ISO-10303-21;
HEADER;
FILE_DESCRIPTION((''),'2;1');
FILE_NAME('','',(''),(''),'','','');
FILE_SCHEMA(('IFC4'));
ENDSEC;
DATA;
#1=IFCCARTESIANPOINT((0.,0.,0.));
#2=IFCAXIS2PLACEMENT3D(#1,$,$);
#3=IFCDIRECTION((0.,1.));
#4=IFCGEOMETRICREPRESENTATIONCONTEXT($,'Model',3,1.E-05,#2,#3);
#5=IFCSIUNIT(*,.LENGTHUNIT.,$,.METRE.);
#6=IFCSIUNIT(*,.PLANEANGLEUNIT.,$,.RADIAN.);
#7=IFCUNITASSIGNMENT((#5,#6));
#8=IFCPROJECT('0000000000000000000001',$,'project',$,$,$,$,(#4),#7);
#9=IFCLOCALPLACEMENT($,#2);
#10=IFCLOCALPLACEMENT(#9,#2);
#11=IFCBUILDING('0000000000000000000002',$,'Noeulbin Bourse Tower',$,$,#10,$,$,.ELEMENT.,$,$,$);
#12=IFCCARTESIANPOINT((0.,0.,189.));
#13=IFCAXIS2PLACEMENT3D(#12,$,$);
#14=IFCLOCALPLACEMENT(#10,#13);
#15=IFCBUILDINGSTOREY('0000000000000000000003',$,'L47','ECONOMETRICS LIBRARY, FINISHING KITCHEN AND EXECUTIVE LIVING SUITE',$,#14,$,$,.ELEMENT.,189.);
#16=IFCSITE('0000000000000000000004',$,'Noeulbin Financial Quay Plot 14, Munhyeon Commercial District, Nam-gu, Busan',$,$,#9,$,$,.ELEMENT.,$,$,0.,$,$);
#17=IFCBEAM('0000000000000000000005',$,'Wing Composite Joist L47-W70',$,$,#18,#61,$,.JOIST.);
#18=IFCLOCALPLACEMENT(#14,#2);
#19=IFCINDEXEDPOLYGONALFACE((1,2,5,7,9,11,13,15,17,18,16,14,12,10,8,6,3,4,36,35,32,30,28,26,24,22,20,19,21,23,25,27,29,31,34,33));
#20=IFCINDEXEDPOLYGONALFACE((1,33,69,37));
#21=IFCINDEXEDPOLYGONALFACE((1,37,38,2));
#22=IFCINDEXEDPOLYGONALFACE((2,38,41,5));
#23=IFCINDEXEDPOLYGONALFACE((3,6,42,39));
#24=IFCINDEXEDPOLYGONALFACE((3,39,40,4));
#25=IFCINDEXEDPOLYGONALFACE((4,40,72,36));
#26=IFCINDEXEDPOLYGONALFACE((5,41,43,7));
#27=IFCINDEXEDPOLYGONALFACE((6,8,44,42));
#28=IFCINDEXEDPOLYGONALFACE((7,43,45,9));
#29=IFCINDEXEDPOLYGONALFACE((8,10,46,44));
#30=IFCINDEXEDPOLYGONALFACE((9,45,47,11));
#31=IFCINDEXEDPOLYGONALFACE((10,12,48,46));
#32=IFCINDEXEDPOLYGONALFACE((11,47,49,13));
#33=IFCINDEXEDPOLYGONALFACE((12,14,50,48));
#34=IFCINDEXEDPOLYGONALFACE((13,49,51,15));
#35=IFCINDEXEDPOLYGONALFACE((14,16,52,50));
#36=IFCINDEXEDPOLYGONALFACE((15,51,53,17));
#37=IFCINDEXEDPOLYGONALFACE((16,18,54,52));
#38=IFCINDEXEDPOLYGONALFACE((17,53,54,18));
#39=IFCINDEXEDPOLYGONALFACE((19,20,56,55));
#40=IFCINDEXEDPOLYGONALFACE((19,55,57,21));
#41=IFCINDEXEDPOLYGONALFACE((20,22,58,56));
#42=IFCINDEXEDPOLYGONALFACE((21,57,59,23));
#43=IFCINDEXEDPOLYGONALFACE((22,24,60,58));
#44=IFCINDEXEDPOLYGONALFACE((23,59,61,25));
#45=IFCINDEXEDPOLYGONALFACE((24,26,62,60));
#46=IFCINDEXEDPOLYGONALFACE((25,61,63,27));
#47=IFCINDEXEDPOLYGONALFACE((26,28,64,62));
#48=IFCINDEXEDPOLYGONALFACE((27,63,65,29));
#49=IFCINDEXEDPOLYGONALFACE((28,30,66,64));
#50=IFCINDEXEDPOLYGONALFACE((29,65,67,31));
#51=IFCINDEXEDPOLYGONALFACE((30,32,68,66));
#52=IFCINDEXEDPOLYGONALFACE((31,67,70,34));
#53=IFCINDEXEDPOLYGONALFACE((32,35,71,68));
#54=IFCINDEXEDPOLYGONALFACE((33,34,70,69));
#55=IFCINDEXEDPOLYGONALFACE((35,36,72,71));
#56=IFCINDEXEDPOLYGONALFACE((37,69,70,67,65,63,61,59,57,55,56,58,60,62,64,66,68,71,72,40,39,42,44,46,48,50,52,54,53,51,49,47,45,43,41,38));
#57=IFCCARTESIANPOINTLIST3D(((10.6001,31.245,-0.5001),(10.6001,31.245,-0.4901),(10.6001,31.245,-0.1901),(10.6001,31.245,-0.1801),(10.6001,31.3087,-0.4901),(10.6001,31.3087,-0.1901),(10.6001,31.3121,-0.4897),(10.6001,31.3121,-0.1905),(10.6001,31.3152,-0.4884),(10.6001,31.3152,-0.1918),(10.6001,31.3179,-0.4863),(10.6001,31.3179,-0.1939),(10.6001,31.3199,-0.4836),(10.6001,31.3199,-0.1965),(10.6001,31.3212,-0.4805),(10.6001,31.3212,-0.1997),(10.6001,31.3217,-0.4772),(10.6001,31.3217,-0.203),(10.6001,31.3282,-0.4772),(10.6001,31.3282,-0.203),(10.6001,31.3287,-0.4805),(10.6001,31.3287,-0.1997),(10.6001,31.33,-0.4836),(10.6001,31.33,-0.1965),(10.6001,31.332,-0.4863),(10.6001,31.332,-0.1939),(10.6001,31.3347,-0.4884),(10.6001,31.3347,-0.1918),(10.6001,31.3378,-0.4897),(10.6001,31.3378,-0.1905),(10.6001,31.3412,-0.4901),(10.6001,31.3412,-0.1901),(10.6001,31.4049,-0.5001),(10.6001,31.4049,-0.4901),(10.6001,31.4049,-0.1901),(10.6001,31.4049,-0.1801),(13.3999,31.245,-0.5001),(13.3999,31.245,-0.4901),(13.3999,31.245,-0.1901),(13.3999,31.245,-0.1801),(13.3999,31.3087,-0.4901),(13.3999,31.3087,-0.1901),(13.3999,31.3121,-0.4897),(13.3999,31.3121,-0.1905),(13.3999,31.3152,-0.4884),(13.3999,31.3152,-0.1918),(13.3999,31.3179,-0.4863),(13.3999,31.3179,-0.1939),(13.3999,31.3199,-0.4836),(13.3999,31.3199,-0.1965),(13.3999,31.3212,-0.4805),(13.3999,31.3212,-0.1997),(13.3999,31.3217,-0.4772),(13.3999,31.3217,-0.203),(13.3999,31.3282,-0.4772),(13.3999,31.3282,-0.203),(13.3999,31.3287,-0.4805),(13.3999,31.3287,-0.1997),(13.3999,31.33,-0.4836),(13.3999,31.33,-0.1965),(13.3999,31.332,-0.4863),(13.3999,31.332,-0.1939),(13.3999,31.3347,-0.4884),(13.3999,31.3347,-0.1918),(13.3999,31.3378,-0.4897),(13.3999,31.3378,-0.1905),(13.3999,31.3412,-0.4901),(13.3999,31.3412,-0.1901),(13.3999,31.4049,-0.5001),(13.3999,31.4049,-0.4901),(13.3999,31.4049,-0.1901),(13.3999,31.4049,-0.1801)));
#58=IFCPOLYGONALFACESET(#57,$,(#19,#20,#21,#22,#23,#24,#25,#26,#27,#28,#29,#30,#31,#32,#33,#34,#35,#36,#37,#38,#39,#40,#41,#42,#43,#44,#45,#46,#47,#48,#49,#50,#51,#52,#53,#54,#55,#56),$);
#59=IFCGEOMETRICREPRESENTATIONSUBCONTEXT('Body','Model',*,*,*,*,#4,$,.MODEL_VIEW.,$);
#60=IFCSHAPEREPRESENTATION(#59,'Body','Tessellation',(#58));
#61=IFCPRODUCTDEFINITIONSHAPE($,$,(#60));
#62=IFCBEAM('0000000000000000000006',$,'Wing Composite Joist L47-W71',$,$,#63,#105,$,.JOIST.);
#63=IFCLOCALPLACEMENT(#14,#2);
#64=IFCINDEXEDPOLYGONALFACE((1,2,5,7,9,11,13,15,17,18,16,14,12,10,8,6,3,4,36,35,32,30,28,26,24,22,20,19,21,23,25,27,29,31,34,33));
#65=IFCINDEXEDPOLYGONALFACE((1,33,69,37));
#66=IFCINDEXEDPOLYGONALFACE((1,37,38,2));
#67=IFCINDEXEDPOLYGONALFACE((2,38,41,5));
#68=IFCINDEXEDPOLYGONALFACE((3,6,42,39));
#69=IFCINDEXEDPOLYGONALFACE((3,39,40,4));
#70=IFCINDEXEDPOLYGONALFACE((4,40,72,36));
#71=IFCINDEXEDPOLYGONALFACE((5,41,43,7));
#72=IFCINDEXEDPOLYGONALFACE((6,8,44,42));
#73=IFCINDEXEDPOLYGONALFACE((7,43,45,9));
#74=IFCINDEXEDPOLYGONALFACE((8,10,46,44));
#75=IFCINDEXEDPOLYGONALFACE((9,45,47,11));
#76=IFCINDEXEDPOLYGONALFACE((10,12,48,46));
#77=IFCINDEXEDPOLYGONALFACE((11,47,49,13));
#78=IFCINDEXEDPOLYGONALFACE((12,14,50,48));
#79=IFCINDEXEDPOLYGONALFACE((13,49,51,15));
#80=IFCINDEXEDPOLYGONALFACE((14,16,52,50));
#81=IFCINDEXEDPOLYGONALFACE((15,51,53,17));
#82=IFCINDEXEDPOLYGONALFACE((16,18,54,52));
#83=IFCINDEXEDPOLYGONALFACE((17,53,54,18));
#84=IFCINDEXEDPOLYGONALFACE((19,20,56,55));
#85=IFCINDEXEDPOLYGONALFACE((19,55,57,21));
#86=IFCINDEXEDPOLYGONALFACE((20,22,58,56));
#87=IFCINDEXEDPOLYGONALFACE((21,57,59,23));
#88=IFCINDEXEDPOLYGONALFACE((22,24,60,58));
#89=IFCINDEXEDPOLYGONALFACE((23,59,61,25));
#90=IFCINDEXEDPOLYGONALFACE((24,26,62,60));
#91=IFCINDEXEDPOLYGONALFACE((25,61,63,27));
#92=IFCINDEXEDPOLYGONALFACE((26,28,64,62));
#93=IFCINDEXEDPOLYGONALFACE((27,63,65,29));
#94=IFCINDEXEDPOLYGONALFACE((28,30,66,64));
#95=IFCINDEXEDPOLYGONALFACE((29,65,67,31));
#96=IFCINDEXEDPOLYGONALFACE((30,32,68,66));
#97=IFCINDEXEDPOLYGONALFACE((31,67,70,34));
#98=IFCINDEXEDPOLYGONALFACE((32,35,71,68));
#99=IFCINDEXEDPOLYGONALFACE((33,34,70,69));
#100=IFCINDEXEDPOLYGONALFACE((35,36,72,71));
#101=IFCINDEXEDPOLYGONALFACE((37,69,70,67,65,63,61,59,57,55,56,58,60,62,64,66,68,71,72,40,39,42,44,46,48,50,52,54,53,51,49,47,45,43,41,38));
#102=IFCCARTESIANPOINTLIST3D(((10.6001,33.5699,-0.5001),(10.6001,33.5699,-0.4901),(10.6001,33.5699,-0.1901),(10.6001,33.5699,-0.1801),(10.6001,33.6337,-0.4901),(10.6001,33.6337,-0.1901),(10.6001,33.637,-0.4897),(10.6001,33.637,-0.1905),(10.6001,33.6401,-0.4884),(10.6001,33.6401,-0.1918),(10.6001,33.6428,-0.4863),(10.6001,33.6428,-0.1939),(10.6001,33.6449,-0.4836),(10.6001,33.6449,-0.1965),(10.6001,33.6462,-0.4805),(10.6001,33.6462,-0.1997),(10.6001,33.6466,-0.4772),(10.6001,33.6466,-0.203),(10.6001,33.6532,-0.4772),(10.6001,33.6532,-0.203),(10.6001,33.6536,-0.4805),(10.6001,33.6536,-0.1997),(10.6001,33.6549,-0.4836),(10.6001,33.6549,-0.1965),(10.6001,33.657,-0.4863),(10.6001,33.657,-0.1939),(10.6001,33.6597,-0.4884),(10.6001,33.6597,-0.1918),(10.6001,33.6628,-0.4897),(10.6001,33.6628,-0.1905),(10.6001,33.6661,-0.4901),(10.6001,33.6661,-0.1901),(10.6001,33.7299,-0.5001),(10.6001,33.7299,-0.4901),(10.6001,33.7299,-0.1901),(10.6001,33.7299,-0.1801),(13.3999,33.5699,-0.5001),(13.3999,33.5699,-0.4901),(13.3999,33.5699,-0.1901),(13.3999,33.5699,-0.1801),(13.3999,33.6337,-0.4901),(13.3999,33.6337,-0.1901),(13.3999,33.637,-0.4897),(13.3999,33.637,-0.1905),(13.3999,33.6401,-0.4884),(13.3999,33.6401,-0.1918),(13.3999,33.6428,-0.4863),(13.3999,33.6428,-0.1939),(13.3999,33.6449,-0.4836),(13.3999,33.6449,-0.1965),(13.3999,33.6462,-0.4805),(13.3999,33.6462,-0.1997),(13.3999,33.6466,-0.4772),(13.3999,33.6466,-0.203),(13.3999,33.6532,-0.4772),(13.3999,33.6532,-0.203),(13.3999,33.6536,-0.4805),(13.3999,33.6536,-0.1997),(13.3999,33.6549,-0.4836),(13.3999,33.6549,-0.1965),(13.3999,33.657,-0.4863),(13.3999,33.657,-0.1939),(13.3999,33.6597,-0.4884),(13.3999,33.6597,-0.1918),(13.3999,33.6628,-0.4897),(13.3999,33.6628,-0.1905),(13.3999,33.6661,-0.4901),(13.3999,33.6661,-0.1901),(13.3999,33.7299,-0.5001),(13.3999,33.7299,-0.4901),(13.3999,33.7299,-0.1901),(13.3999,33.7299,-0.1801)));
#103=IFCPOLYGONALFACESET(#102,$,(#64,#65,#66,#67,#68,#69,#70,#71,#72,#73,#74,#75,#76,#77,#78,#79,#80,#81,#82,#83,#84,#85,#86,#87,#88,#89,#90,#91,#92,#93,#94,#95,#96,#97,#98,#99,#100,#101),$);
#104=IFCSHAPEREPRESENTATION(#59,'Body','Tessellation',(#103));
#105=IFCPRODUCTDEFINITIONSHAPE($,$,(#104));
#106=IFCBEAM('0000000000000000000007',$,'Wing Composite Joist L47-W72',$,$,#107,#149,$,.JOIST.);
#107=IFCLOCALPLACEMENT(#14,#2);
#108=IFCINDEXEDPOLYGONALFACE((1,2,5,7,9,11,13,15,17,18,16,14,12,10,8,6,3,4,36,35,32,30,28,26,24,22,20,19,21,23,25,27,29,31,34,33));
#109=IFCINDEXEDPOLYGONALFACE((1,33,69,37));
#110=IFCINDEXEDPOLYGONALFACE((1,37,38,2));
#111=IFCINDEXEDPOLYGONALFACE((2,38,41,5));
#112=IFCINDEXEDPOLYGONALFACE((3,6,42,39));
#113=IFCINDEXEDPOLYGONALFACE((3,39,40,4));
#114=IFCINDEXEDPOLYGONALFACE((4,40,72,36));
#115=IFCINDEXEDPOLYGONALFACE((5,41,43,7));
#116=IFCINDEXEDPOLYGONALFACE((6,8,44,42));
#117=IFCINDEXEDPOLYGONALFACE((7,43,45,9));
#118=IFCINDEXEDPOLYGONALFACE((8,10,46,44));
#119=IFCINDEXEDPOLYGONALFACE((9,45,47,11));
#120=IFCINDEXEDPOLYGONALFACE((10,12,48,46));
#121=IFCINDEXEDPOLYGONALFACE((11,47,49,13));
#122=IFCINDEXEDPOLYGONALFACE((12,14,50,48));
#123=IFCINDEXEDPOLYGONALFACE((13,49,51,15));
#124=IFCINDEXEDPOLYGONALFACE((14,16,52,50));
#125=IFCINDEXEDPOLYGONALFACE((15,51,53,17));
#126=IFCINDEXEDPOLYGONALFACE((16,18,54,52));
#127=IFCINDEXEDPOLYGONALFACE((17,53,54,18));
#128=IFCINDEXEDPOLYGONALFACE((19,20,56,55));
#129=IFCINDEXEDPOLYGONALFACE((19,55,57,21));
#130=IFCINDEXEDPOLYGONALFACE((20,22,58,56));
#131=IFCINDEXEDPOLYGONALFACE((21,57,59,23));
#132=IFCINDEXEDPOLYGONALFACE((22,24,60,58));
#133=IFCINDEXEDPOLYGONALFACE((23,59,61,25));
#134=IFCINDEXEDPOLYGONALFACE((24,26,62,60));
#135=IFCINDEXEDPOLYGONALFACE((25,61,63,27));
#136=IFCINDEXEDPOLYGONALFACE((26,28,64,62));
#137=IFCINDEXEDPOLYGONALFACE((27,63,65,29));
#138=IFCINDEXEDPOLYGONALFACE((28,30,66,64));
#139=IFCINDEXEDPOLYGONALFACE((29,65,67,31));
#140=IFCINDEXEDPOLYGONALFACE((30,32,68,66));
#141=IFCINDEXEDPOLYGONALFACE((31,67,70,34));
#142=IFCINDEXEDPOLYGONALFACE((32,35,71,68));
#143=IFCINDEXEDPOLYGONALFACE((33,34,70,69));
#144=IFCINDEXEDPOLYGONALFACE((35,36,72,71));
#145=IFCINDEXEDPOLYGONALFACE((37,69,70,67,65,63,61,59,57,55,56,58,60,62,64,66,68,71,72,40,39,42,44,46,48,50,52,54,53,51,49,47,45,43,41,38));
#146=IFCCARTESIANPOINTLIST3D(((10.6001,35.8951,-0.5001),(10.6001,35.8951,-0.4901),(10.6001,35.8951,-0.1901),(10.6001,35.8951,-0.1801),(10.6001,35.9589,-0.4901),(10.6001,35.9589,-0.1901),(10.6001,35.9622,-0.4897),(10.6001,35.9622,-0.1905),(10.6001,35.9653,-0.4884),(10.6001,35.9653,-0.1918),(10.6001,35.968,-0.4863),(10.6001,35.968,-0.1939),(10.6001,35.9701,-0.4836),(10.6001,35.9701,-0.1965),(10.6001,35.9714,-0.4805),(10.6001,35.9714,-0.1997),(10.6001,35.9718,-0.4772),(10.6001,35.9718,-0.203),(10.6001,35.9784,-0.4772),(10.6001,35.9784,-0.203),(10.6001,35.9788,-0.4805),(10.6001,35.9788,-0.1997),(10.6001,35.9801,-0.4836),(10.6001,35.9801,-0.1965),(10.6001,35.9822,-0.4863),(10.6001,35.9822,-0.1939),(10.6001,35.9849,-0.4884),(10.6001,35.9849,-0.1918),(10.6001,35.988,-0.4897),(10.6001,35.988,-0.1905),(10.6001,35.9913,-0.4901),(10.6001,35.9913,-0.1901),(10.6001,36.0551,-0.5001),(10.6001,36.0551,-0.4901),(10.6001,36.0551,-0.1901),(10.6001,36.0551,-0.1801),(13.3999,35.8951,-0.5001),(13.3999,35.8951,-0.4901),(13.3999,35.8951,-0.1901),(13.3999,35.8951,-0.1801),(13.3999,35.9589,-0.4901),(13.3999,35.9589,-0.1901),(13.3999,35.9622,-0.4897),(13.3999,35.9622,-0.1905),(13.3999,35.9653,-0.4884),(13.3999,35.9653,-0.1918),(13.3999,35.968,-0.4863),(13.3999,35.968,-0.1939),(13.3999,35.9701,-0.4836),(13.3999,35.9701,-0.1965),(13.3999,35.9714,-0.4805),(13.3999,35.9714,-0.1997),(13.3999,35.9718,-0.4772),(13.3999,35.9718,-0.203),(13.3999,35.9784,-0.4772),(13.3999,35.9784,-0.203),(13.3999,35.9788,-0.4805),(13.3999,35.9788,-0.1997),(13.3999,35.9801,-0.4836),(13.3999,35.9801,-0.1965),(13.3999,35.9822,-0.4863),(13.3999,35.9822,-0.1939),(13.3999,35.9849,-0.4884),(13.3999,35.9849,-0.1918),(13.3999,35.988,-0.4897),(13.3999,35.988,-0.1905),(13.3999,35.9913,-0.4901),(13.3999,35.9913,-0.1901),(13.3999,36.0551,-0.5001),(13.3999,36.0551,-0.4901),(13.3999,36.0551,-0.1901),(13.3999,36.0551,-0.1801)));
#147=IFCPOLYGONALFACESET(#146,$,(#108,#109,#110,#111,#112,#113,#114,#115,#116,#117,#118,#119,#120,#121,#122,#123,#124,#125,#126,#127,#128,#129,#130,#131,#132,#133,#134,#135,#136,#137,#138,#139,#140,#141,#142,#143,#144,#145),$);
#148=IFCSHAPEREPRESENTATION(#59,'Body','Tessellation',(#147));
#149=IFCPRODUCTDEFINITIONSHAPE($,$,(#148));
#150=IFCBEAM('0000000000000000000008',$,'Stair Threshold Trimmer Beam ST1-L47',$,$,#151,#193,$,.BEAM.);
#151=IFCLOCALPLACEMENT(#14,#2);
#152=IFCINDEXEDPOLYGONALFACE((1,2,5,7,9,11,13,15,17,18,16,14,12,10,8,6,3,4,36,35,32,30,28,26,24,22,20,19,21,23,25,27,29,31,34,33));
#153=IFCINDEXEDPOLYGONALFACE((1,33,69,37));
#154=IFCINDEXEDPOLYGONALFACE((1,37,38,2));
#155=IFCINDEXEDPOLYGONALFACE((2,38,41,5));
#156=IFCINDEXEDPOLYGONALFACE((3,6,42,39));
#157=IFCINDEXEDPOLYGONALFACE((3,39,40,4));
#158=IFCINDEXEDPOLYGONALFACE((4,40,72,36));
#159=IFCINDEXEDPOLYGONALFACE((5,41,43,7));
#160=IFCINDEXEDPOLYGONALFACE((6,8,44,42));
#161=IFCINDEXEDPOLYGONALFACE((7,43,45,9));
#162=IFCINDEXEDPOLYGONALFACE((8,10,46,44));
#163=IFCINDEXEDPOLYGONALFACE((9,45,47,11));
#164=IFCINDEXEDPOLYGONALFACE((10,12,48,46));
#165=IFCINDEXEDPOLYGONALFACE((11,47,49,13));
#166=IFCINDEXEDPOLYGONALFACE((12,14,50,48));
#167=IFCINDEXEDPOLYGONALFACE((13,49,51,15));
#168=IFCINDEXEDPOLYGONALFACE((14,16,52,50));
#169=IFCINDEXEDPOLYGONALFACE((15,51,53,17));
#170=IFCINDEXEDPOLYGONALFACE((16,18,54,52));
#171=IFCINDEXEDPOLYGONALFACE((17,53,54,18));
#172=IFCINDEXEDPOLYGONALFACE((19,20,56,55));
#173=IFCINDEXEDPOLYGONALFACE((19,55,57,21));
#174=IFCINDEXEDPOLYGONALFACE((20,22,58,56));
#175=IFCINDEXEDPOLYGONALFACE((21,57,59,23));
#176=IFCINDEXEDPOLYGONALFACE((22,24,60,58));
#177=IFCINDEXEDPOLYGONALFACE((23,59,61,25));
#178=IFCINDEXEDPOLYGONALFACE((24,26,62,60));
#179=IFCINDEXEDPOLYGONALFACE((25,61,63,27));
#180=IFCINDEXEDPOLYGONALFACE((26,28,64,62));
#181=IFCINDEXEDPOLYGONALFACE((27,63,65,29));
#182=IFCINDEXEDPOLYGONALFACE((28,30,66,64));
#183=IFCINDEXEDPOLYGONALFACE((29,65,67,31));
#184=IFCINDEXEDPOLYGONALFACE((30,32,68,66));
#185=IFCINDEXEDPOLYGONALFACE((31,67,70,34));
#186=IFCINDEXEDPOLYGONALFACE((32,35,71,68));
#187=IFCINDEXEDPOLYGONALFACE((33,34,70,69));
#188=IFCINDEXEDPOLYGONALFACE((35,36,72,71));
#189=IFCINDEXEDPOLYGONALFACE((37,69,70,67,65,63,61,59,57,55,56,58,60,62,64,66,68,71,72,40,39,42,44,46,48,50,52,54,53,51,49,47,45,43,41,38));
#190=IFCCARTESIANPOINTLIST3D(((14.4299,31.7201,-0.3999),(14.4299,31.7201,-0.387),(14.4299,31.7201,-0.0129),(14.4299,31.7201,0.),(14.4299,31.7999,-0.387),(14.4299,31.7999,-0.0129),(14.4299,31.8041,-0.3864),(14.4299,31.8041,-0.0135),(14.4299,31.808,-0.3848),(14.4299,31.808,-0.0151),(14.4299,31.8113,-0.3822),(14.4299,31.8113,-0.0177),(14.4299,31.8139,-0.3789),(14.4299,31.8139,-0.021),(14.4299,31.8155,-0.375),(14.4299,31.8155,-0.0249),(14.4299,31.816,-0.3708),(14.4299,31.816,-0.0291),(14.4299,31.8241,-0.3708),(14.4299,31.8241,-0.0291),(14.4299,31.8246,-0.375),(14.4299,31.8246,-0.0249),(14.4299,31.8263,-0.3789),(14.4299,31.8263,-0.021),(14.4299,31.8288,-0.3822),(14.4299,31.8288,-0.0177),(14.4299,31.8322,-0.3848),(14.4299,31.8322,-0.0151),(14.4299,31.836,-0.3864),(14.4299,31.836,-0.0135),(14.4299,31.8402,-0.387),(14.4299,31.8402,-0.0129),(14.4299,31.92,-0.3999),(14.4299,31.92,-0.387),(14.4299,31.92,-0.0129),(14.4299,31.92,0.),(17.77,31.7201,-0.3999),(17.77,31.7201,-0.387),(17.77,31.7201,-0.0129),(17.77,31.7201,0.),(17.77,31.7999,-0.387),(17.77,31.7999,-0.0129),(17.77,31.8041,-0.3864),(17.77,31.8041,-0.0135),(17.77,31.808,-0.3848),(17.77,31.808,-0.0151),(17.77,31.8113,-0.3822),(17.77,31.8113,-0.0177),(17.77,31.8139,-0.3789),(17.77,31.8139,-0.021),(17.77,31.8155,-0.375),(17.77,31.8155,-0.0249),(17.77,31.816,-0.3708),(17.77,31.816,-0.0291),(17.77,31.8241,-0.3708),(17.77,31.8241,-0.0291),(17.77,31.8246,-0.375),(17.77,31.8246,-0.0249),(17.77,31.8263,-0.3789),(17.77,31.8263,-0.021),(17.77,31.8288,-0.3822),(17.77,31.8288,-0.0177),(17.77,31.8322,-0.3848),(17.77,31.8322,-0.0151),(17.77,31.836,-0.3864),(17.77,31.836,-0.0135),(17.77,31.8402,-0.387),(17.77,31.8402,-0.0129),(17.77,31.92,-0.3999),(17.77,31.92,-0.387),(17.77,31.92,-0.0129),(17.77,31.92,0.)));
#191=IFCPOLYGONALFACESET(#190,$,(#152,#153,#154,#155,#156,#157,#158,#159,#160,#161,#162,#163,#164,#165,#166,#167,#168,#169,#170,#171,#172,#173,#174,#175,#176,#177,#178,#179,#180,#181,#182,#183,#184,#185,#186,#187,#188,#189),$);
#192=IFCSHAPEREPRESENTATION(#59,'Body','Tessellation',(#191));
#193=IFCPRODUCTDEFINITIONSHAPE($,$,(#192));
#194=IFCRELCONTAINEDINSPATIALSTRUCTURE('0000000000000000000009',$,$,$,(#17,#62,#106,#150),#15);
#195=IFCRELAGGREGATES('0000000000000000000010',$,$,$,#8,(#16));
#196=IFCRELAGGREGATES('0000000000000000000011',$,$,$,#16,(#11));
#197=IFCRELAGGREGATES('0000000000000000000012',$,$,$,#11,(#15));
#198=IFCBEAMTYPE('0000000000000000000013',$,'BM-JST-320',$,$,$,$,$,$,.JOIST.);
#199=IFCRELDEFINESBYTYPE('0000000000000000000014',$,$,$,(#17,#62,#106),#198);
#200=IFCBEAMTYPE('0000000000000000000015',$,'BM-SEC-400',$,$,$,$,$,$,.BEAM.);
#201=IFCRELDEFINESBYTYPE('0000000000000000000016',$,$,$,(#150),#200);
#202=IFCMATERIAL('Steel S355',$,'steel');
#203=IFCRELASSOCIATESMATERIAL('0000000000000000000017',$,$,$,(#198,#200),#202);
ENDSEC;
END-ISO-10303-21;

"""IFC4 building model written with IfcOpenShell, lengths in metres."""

from ifc_helpers import new_model, si_unit, direction, frame, origin, origin_2d, place, context, subcontext, project, spatial, i_section, extrude, material, material_profile, profile_set, type_object, element, save


model = new_model("IFC4")

# Units and contexts
model_context = context("Model", 3, precision=1e-05, world=origin(), true_north=direction((0.0, 1.0)))
body_context = subcontext(model_context, "Body", "Model", "MODEL_VIEW")
ifc_project = project(units=[si_unit("LENGTHUNIT", "METRE"), si_unit("PLANEANGLEUNIT", "RADIAN")], contexts=[model_context])

# Site, building, storey
site_placement = place(None, origin())
site = spatial("IfcSite", under=ifc_project, at=site_placement, Name="Noeulbin Financial Quay Plot 14, Munhyeon Commercial District, Nam-gu, Busan", CompositionType="ELEMENT", RefElevation=0.0)
building_placement = place(site_placement, origin())
building = spatial("IfcBuilding", under=site, at=building_placement, Name="Noeulbin Bourse Tower", CompositionType="ELEMENT")
storey_placement = place(building_placement, frame((0.0, 0.0, 189.0)))
storey = spatial("IfcBuildingStorey", under=building, at=storey_placement, Name="L47", Description="ECONOMETRICS LIBRARY, FINISHING KITCHEN AND EXECUTIVE LIVING SUITE", CompositionType="ELEMENT", Elevation=189.0)

# Beams
ifc_material_1 = material(Name="Steel S355", Category="steel")
ifc_material_profile_1 = material_profile(ifc_material_1, i_section(OverallWidth=0.1599, OverallDepth=0.3201, WebThickness=0.0066, FlangeThickness=0.01, FilletRadius=0.0129, at=origin_2d()), Name="H-320x160x6.5x10", Category="LoadBearing")
ifc_profile_set_1 = profile_set([ifc_material_profile_1], Name="Steel S355")
beam_type_1 = type_object("IfcBeamType", Name="BM-JST-320", PredefinedType="JOIST", material=ifc_profile_set_1)
for number, where, z_axis, x_axis, name in (
    (1, (10.6001, 31.325, -0.3401), (1.0, 0.0, 0.0), (0.0, 1.0, 0.0), "Wing Composite Joist L47-W70"),
    (2, (10.6001, 33.6499, -0.3401), (1.0, 0.0, 0.0), (0.0, 1.0, 0.0), "Wing Composite Joist L47-W71"),
    (3, (10.6001, 35.9751, -0.3401), (1.0, 0.0, 0.0), (0.0, 1.0, 0.0), "Wing Composite Joist L47-W72"),
):
    element("IfcBeam", number, at=place(storey_placement, frame(where, z_axis=z_axis, x_axis=x_axis)), inside=storey, type_object=beam_type_1, Name=name, PredefinedType="JOIST", context=body_context, shape_type="SweptSolid", body=[
        extrude(i_section(OverallWidth=0.1599, OverallDepth=0.3201, WebThickness=0.0066, FlangeThickness=0.01, FilletRadius=0.0129, at=origin_2d()), origin(), (0.0, 0.0, 1.0), 2.7998),
    ])
ifc_material_profile_2 = material_profile(ifc_material_1, i_section(OverallWidth=0.2, OverallDepth=0.3999, WebThickness=0.0081, FlangeThickness=0.0129, FilletRadius=0.0161, at=origin_2d()), Name="H-400x200x8x13", Category="LoadBearing")
ifc_profile_set_2 = profile_set([ifc_material_profile_2], Name="Steel S355")
beam_type_2 = type_object("IfcBeamType", Name="BM-SEC-400", PredefinedType="BEAM", material=ifc_profile_set_2)
beam_1_placement = place(storey_placement, frame((14.4299, 31.8201, -0.2), z_axis=(1.0, 0.0, 0.0), x_axis=(0.0, 1.0, 0.0)))
element("IfcBeam", 4, at=beam_1_placement, inside=storey, type_object=beam_type_2, Name="Stair Threshold Trimmer Beam ST1-L47", PredefinedType="BEAM", context=body_context, shape_type="SweptSolid", body=[
    extrude(i_section(OverallWidth=0.2, OverallDepth=0.3999, WebThickness=0.0081, FlangeThickness=0.0129, FilletRadius=0.0161, at=origin_2d()), origin(), (0.0, 0.0, 1.0), 3.3401),
])

save(model, "model.ifc")
